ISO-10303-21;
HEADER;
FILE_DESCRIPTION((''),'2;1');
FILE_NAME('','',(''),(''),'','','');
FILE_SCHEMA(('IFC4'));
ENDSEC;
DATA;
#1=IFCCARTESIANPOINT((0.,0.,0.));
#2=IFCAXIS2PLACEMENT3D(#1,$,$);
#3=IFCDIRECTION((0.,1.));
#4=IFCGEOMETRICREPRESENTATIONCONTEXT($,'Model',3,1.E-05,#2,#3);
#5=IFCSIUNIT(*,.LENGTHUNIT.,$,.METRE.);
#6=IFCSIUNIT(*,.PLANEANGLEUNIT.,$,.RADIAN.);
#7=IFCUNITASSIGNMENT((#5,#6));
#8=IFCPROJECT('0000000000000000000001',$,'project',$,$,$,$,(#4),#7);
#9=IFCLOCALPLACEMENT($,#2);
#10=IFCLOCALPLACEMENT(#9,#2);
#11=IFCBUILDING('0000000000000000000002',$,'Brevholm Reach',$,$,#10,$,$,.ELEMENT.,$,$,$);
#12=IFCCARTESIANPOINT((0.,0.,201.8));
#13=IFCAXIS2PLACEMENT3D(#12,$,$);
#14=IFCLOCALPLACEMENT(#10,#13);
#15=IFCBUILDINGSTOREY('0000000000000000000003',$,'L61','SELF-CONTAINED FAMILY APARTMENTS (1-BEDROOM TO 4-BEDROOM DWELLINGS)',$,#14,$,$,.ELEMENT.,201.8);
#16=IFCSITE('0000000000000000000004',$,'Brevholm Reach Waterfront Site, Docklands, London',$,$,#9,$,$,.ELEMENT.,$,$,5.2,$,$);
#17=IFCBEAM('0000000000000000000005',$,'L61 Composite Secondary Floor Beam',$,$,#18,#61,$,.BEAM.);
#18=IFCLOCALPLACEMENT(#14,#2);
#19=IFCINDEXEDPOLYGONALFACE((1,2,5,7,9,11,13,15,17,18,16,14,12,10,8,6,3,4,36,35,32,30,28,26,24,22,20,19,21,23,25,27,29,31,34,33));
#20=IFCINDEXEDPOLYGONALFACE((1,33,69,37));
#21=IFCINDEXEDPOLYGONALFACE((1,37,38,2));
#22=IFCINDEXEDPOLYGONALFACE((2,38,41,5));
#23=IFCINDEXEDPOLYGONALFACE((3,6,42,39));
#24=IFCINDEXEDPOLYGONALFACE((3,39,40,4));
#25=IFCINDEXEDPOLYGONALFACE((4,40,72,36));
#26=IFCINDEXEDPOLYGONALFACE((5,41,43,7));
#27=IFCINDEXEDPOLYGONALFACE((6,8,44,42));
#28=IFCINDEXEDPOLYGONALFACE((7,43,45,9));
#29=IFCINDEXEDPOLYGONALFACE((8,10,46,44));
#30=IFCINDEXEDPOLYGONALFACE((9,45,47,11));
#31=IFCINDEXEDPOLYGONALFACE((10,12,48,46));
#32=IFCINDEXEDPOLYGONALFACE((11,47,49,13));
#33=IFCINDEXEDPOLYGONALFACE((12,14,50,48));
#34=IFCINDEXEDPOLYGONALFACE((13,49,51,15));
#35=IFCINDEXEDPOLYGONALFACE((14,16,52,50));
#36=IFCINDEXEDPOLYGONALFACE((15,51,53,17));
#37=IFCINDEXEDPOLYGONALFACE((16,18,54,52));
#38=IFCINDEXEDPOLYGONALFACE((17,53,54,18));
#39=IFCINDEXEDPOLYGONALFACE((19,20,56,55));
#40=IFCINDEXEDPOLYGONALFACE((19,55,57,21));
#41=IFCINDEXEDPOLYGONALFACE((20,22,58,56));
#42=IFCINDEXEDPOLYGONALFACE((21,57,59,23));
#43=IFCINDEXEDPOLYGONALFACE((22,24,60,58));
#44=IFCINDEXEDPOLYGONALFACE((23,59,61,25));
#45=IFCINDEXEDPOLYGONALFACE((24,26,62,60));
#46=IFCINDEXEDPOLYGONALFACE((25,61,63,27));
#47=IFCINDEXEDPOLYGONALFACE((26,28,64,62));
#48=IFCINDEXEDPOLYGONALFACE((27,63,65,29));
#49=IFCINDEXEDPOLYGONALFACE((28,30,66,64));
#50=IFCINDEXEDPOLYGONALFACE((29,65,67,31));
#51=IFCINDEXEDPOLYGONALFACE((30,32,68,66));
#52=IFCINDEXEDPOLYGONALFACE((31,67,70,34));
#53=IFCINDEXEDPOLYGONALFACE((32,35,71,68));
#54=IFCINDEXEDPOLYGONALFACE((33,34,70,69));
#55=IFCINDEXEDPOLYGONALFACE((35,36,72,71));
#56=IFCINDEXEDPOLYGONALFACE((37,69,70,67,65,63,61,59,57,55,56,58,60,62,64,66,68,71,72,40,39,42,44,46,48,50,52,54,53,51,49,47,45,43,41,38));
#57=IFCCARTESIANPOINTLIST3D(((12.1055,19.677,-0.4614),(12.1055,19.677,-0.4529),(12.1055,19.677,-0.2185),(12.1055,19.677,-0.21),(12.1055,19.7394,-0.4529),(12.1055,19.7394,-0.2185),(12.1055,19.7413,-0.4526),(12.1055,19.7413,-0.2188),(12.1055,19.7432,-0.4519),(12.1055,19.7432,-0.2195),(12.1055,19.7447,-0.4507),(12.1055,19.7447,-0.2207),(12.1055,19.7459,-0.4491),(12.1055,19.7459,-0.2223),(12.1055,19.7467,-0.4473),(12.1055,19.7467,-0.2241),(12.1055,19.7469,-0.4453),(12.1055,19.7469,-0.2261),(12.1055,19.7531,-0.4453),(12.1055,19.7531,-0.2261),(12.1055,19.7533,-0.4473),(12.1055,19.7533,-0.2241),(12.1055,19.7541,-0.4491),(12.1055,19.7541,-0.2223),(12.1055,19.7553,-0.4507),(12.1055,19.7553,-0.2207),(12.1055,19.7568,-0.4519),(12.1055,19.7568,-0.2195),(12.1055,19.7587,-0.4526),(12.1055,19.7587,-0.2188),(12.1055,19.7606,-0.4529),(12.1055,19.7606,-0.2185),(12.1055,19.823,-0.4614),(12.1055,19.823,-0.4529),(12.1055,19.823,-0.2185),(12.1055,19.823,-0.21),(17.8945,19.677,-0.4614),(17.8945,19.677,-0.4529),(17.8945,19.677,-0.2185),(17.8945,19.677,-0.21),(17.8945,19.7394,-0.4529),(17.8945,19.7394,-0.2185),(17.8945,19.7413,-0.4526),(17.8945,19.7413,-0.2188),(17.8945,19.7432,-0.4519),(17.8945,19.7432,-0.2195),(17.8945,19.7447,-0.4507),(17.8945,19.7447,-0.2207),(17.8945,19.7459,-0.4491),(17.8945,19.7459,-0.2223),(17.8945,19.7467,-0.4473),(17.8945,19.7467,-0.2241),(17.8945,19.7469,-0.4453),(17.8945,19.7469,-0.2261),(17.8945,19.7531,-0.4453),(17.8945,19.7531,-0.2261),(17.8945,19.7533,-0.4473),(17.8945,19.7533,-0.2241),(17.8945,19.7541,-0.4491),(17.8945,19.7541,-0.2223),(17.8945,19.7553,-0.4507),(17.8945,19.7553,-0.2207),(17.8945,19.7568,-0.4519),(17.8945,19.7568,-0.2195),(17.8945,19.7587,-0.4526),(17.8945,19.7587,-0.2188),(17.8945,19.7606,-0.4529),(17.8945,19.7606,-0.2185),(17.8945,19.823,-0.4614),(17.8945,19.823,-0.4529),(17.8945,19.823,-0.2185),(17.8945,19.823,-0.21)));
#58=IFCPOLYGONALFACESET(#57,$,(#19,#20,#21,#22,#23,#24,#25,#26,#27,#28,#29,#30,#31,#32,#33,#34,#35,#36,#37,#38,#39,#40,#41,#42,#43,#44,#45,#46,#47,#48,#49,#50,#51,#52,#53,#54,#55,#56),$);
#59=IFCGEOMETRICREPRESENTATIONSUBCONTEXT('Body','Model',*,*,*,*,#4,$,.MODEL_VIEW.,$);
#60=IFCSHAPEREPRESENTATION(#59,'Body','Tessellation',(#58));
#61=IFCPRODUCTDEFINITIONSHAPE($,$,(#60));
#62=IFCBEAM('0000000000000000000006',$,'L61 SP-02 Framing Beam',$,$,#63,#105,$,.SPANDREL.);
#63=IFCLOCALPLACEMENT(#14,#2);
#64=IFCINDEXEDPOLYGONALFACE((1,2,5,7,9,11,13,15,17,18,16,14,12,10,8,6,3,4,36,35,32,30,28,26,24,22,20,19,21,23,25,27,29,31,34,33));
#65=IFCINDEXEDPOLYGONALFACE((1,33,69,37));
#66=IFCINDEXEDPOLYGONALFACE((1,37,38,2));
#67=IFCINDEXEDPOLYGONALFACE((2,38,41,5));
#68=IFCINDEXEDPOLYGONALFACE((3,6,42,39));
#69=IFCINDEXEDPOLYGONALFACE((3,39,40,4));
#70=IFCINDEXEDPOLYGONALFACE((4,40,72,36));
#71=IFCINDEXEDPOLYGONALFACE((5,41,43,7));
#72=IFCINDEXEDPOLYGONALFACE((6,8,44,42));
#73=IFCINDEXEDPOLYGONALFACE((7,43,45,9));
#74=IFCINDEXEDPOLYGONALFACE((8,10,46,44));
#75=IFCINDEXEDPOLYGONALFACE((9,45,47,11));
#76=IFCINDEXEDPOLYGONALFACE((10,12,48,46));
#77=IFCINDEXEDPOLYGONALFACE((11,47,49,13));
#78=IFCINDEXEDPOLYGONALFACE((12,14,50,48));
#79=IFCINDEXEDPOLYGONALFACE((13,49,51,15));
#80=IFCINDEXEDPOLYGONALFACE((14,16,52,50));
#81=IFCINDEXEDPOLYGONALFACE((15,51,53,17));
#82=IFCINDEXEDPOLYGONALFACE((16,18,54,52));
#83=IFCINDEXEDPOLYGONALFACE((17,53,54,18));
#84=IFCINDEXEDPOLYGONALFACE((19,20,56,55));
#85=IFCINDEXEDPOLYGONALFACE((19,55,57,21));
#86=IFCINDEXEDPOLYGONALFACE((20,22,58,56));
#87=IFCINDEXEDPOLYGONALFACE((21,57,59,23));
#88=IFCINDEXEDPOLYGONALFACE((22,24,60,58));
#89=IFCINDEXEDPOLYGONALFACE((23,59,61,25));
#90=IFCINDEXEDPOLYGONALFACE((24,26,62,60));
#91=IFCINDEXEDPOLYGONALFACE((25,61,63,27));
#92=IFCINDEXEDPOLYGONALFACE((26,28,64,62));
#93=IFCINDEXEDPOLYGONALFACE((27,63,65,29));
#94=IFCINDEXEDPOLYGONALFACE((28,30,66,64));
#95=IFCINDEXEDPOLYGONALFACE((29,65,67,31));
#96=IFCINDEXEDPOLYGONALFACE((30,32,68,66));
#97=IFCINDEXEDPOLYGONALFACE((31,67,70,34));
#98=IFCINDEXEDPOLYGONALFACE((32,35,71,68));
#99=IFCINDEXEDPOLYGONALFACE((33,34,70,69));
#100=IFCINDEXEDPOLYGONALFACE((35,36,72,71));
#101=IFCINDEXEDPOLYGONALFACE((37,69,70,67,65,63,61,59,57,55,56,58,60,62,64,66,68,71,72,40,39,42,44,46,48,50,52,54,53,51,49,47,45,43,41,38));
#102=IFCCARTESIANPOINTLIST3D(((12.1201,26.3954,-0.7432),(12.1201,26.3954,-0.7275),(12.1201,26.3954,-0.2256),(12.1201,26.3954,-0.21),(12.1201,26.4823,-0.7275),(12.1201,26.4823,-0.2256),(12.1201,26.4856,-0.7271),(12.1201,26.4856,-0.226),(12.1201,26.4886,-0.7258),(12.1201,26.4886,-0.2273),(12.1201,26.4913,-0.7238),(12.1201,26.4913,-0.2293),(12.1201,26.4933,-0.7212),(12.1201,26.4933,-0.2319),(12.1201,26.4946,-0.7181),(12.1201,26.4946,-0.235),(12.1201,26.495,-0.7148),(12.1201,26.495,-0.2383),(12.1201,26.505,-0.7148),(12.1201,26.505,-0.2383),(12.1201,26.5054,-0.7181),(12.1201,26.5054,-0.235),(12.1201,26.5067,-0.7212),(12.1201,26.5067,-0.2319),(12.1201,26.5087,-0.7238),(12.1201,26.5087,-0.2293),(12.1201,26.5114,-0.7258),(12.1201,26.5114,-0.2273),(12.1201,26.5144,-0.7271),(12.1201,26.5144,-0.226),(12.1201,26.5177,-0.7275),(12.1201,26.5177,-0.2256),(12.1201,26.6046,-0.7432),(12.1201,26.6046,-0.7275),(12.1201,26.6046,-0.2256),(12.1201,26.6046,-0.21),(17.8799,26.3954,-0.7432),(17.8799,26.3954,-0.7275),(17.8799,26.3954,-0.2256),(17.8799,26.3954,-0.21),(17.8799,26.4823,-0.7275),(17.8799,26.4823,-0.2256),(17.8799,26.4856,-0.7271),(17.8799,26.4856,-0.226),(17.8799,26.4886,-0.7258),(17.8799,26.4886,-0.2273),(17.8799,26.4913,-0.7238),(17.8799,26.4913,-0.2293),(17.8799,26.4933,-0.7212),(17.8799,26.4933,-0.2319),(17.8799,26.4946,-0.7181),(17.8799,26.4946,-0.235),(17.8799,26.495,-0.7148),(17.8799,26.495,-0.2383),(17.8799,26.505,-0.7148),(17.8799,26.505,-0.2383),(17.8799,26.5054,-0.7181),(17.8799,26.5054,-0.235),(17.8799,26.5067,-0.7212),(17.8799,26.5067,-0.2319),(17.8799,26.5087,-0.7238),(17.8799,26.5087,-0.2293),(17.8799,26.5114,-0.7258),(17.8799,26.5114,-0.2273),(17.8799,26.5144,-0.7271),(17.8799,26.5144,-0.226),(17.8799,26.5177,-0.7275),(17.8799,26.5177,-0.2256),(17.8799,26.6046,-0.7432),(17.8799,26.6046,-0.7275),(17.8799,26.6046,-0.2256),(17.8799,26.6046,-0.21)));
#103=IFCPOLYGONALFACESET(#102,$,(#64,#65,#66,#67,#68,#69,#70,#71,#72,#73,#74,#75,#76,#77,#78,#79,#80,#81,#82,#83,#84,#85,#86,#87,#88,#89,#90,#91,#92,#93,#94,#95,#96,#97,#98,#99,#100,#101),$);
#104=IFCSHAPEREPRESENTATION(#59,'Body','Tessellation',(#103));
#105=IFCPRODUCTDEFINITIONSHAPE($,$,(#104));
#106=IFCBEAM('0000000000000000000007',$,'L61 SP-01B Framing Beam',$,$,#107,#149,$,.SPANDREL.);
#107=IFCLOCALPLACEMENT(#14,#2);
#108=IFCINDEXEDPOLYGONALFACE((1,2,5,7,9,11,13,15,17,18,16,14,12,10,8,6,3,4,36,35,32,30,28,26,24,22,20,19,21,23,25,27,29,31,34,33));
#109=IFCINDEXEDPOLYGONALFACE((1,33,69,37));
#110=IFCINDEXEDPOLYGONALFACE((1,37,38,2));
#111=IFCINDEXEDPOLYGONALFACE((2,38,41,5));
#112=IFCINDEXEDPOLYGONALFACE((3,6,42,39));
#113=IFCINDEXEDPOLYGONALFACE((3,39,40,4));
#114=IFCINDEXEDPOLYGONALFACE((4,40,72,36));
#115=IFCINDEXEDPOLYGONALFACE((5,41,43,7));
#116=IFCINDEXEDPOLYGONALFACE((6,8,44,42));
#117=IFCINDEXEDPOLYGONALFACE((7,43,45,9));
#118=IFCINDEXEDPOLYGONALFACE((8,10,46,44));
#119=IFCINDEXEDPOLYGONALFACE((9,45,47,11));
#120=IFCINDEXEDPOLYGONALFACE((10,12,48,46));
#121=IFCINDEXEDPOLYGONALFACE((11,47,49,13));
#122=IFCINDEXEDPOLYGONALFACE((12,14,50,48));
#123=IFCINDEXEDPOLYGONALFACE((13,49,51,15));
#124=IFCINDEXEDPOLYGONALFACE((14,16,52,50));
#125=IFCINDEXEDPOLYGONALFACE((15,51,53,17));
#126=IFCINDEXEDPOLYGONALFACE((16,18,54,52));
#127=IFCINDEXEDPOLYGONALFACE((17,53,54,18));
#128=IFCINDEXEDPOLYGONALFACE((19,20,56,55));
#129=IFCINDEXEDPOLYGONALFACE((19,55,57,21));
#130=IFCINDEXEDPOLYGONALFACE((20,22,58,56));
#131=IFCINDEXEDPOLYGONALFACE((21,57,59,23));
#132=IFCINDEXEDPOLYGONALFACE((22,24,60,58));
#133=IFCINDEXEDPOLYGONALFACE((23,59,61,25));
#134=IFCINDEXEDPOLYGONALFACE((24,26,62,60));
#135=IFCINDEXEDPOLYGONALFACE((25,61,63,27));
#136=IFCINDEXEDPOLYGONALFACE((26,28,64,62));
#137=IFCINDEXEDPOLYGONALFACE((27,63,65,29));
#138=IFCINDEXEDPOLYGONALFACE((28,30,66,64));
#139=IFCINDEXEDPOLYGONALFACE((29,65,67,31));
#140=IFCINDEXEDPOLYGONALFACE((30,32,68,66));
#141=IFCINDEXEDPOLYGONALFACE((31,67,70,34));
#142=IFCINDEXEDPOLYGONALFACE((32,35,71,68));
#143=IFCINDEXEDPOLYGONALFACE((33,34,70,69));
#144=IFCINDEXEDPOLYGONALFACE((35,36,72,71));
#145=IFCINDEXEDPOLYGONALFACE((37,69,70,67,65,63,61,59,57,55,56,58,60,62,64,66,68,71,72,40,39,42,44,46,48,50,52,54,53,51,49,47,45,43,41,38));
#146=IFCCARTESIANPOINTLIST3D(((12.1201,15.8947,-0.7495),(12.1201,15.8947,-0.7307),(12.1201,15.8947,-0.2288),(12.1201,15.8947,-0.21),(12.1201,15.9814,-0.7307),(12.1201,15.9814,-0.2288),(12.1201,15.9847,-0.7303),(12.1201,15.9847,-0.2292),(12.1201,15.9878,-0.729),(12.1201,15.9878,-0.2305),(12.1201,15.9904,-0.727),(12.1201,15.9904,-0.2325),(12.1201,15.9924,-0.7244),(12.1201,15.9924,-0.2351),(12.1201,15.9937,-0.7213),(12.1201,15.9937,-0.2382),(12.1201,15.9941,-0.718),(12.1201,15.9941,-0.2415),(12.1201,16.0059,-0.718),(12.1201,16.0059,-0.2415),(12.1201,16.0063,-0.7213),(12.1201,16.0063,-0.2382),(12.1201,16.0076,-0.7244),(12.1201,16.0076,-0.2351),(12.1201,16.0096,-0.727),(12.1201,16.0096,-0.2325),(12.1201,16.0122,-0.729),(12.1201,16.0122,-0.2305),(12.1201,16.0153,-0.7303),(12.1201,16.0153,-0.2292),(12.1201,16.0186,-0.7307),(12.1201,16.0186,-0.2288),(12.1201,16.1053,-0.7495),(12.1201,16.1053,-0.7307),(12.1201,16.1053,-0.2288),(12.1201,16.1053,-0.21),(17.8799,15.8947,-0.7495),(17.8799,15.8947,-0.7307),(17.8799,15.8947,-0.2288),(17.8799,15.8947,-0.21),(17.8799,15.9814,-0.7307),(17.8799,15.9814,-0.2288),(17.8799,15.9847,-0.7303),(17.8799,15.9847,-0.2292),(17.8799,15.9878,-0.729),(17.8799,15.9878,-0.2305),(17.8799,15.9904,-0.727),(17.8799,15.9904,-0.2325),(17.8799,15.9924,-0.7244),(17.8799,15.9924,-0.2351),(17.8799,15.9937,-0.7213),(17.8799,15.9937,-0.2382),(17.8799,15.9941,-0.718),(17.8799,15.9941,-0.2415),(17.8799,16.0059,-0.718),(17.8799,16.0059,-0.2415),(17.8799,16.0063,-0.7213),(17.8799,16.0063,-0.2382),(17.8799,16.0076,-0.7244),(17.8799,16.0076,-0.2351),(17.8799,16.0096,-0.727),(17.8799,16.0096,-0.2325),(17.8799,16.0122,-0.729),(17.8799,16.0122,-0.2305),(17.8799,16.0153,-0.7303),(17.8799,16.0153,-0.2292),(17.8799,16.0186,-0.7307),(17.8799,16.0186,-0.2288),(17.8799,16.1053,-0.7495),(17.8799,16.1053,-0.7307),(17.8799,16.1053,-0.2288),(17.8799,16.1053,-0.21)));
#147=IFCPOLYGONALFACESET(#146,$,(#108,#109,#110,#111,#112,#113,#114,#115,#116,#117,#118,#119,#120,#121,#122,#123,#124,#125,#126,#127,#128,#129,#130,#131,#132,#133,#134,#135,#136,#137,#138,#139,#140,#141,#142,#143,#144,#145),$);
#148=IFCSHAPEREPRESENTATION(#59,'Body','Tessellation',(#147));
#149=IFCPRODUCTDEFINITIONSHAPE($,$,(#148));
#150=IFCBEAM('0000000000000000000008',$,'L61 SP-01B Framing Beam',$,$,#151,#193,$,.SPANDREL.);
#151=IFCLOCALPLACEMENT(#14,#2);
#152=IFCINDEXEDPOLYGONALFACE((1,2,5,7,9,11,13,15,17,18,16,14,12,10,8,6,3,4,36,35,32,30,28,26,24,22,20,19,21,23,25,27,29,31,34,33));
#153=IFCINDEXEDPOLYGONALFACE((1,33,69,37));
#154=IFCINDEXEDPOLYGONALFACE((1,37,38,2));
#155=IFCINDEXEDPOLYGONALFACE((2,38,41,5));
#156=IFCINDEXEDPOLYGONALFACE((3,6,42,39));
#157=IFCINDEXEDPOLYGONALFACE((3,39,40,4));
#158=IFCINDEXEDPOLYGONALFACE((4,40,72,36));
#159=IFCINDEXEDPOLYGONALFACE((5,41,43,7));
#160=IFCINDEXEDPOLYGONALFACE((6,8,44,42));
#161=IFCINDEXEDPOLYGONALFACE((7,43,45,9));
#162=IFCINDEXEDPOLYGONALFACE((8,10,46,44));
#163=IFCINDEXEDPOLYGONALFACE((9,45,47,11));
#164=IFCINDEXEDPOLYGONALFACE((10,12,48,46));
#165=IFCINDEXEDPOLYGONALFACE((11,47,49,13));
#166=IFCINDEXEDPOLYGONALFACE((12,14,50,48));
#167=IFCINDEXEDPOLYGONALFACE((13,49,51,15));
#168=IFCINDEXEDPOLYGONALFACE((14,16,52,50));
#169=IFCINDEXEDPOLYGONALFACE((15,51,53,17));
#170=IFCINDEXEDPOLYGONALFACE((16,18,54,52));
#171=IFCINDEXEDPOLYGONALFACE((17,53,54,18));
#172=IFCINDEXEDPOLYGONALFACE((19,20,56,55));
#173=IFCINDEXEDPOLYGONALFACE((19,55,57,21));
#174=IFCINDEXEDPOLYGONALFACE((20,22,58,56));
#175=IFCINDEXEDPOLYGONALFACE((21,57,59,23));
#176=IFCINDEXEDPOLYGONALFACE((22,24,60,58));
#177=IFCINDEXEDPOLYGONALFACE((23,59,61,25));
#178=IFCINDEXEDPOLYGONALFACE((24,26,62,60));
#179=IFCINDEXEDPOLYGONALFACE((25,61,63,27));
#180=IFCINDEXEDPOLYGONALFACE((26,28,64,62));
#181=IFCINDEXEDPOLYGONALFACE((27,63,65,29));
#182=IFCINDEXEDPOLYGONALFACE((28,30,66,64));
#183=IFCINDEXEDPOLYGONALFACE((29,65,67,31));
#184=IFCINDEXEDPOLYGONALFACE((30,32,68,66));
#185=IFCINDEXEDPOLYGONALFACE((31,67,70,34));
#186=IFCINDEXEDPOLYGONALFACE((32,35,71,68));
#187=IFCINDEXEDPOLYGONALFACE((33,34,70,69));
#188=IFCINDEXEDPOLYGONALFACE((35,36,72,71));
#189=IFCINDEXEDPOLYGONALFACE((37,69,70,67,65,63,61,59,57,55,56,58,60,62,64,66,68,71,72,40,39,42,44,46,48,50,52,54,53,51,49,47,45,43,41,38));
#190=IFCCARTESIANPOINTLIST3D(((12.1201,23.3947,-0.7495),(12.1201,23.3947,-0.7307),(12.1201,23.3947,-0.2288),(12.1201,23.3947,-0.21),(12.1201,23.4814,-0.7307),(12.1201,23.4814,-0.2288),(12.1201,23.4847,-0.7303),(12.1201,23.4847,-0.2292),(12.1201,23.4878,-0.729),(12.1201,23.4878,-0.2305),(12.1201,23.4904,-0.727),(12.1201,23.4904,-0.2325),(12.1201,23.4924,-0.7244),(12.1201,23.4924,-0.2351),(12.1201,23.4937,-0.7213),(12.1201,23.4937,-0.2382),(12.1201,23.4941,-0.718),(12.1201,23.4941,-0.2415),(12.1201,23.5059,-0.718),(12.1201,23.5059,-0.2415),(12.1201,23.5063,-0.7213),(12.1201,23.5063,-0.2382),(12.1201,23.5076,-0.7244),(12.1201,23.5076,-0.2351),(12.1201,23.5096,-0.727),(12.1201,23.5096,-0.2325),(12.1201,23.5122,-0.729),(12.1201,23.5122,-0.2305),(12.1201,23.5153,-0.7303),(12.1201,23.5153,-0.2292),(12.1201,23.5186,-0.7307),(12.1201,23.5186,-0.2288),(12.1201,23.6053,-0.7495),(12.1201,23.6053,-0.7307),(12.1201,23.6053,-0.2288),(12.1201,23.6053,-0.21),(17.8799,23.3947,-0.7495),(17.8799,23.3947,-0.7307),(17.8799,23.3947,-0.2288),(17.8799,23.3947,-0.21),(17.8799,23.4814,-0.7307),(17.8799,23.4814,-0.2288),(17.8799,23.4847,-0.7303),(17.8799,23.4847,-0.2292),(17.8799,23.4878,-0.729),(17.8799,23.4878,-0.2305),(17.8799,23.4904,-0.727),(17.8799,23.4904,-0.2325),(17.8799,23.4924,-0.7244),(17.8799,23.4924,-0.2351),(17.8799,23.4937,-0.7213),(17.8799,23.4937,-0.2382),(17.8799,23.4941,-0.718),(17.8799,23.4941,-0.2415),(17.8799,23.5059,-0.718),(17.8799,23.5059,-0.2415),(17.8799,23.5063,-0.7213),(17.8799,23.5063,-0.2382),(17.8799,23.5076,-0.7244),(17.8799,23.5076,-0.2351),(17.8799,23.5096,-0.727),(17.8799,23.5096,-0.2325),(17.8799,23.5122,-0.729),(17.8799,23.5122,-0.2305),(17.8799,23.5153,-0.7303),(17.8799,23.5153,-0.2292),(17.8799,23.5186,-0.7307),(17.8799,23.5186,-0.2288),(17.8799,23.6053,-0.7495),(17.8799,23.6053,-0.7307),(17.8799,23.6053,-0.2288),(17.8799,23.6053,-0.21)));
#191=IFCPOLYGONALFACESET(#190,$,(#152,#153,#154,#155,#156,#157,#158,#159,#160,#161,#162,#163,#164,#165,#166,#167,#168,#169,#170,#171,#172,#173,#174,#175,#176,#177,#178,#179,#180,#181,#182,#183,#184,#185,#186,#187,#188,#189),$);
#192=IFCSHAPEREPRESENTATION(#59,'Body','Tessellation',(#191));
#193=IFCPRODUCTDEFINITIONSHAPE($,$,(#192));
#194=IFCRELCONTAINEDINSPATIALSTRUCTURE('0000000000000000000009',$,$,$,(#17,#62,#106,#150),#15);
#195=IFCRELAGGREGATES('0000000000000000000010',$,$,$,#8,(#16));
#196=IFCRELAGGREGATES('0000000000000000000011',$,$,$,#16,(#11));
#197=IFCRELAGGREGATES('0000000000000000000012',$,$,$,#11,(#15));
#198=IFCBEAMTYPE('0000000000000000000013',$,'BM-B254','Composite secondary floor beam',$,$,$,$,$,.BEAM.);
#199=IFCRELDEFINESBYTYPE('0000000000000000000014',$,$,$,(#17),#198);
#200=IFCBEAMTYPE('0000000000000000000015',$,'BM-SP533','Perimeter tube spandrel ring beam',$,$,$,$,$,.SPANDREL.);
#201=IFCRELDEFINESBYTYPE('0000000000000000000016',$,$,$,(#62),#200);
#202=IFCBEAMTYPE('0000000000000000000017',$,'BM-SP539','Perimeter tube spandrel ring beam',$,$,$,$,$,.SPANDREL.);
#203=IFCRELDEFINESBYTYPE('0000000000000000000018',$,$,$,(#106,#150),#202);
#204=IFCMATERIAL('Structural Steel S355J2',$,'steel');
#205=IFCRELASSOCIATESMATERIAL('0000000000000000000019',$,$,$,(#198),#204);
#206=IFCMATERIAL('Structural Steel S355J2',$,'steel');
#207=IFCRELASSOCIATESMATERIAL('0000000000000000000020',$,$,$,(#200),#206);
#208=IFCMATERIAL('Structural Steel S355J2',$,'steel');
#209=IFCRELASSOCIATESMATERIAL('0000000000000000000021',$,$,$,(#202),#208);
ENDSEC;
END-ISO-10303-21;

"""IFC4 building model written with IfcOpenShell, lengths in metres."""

from ifc_helpers import new_model, si_unit, direction, frame, origin, origin_2d, place, context, subcontext, project, spatial, i_section, extrude, material, material_profile, profile_set, type_object, element, save


model = new_model("IFC4")

# Units and contexts
model_context = context("Model", 3, precision=1e-05, world=origin(), true_north=direction((0.0, 1.0)))
body_context = subcontext(model_context, "Body", "Model", "MODEL_VIEW")
ifc_project = project(units=[si_unit("LENGTHUNIT", "METRE"), si_unit("PLANEANGLEUNIT", "RADIAN")], contexts=[model_context])

# Site, building, storey
site_placement = place(None, origin())
site = spatial("IfcSite", under=ifc_project, at=site_placement, Name="Brevholm Reach Waterfront Site, Docklands, London", CompositionType="ELEMENT", RefElevation=5.2)
building_placement = place(site_placement, origin())
building = spatial("IfcBuilding", under=site, at=building_placement, Name="Brevholm Reach", CompositionType="ELEMENT")
storey_placement = place(building_placement, frame((0.0, 0.0, 201.8)))
storey = spatial("IfcBuildingStorey", under=building, at=storey_placement, Name="L61", Description="SELF-CONTAINED FAMILY APARTMENTS (1-BEDROOM TO 4-BEDROOM DWELLINGS)", CompositionType="ELEMENT", Elevation=201.8)

# Beams
ifc_material_1 = material(Name="Structural Steel S355J2", Category="steel")
ifc_material_profile_1 = material_profile(ifc_material_1, i_section(OverallWidth=0.146, OverallDepth=0.2515, WebThickness=0.0061, FlangeThickness=0.0085, FilletRadius=0.0076, at=origin_2d()), Name="UKB 254x146x31")
ifc_profile_set_1 = profile_set([ifc_material_profile_1], Name="Structural Steel S355J2")
beam_type_1 = type_object("IfcBeamType", Name="BM-B254", Description="Composite secondary floor beam", PredefinedType="BEAM", material=ifc_profile_set_1)
beam_1_placement = place(storey_placement, frame((12.1055, 19.75, -0.3357), z_axis=(1.0, 0.0, 0.0), x_axis=(0.0, 1.0, 0.0)))
element("IfcBeam", 1, at=beam_1_placement, inside=storey, type_object=beam_type_1, Name="L61 Composite Secondary Floor Beam", PredefinedType="BEAM", context=body_context, shape_type="SweptSolid", body=[
    extrude(i_section(OverallWidth=0.146, OverallDepth=0.2515, WebThickness=0.0061, FlangeThickness=0.0085, FilletRadius=0.0076, at=origin_2d()), origin(), (0.0, 0.0, 1.0), 5.7891),
])
ifc_material_2 = material(Name="Structural Steel S355J2", Category="steel")
ifc_material_profile_2 = material_profile(ifc_material_2, i_section(OverallWidth=0.2092, OverallDepth=0.5332, WebThickness=0.01, FlangeThickness=0.0156, FilletRadius=0.0127, at=origin_2d()), Name="UKB 533x210x92")
ifc_profile_set_2 = profile_set([ifc_material_profile_2], Name="Structural Steel S355J2")
beam_type_2 = type_object("IfcBeamType", Name="BM-SP533", Description="Perimeter tube spandrel ring beam", PredefinedType="SPANDREL", material=ifc_profile_set_2)
beam_2_placement = place(storey_placement, frame((12.1201, 26.5, -0.4766), z_axis=(1.0, 0.0, 0.0), x_axis=(0.0, 1.0, 0.0)))
element("IfcBeam", 2, at=beam_2_placement, inside=storey, type_object=beam_type_2, Name="L61 SP-02 Framing Beam", PredefinedType="SPANDREL", context=body_context, shape_type="SweptSolid", body=[
    extrude(i_section(OverallWidth=0.2092, OverallDepth=0.5332, WebThickness=0.01, FlangeThickness=0.0156, FilletRadius=0.0127, at=origin_2d()), origin(), (0.0, 0.0, 1.0), 5.7598),
])
ifc_material_3 = material(Name="Structural Steel S355J2", Category="steel")
ifc_material_profile_3 = material_profile(ifc_material_3, i_section(OverallWidth=0.2107, OverallDepth=0.5396, WebThickness=0.0117, FlangeThickness=0.0188, FilletRadius=0.0127, at=origin_2d()), Name="UKB 533x210x109")
ifc_profile_set_3 = profile_set([ifc_material_profile_3], Name="Structural Steel S355J2")
beam_type_3 = type_object("IfcBeamType", Name="BM-SP539", Description="Perimeter tube spandrel ring beam", PredefinedType="SPANDREL", material=ifc_profile_set_3)
for number, where, z_axis, x_axis, name in (
    (3, (12.1201, 16.0, -0.4797), (1.0, 0.0, 0.0), (0.0, 1.0, 0.0), "L61 SP-01B Framing Beam"),
    (4, (12.1201, 23.5, -0.4797), (1.0, 0.0, 0.0), (0.0, 1.0, 0.0), "L61 SP-01B Framing Beam"),
):
    element("IfcBeam", number, at=place(storey_placement, frame(where, z_axis=z_axis, x_axis=x_axis)), inside=storey, type_object=beam_type_3, Name=name, PredefinedType="SPANDREL", context=body_context, shape_type="SweptSolid", body=[
        extrude(i_section(OverallWidth=0.2107, OverallDepth=0.5396, WebThickness=0.0117, FlangeThickness=0.0188, FilletRadius=0.0127, at=origin_2d()), origin(), (0.0, 0.0, 1.0), 5.7598),
    ])

save(model, "model.ifc")
